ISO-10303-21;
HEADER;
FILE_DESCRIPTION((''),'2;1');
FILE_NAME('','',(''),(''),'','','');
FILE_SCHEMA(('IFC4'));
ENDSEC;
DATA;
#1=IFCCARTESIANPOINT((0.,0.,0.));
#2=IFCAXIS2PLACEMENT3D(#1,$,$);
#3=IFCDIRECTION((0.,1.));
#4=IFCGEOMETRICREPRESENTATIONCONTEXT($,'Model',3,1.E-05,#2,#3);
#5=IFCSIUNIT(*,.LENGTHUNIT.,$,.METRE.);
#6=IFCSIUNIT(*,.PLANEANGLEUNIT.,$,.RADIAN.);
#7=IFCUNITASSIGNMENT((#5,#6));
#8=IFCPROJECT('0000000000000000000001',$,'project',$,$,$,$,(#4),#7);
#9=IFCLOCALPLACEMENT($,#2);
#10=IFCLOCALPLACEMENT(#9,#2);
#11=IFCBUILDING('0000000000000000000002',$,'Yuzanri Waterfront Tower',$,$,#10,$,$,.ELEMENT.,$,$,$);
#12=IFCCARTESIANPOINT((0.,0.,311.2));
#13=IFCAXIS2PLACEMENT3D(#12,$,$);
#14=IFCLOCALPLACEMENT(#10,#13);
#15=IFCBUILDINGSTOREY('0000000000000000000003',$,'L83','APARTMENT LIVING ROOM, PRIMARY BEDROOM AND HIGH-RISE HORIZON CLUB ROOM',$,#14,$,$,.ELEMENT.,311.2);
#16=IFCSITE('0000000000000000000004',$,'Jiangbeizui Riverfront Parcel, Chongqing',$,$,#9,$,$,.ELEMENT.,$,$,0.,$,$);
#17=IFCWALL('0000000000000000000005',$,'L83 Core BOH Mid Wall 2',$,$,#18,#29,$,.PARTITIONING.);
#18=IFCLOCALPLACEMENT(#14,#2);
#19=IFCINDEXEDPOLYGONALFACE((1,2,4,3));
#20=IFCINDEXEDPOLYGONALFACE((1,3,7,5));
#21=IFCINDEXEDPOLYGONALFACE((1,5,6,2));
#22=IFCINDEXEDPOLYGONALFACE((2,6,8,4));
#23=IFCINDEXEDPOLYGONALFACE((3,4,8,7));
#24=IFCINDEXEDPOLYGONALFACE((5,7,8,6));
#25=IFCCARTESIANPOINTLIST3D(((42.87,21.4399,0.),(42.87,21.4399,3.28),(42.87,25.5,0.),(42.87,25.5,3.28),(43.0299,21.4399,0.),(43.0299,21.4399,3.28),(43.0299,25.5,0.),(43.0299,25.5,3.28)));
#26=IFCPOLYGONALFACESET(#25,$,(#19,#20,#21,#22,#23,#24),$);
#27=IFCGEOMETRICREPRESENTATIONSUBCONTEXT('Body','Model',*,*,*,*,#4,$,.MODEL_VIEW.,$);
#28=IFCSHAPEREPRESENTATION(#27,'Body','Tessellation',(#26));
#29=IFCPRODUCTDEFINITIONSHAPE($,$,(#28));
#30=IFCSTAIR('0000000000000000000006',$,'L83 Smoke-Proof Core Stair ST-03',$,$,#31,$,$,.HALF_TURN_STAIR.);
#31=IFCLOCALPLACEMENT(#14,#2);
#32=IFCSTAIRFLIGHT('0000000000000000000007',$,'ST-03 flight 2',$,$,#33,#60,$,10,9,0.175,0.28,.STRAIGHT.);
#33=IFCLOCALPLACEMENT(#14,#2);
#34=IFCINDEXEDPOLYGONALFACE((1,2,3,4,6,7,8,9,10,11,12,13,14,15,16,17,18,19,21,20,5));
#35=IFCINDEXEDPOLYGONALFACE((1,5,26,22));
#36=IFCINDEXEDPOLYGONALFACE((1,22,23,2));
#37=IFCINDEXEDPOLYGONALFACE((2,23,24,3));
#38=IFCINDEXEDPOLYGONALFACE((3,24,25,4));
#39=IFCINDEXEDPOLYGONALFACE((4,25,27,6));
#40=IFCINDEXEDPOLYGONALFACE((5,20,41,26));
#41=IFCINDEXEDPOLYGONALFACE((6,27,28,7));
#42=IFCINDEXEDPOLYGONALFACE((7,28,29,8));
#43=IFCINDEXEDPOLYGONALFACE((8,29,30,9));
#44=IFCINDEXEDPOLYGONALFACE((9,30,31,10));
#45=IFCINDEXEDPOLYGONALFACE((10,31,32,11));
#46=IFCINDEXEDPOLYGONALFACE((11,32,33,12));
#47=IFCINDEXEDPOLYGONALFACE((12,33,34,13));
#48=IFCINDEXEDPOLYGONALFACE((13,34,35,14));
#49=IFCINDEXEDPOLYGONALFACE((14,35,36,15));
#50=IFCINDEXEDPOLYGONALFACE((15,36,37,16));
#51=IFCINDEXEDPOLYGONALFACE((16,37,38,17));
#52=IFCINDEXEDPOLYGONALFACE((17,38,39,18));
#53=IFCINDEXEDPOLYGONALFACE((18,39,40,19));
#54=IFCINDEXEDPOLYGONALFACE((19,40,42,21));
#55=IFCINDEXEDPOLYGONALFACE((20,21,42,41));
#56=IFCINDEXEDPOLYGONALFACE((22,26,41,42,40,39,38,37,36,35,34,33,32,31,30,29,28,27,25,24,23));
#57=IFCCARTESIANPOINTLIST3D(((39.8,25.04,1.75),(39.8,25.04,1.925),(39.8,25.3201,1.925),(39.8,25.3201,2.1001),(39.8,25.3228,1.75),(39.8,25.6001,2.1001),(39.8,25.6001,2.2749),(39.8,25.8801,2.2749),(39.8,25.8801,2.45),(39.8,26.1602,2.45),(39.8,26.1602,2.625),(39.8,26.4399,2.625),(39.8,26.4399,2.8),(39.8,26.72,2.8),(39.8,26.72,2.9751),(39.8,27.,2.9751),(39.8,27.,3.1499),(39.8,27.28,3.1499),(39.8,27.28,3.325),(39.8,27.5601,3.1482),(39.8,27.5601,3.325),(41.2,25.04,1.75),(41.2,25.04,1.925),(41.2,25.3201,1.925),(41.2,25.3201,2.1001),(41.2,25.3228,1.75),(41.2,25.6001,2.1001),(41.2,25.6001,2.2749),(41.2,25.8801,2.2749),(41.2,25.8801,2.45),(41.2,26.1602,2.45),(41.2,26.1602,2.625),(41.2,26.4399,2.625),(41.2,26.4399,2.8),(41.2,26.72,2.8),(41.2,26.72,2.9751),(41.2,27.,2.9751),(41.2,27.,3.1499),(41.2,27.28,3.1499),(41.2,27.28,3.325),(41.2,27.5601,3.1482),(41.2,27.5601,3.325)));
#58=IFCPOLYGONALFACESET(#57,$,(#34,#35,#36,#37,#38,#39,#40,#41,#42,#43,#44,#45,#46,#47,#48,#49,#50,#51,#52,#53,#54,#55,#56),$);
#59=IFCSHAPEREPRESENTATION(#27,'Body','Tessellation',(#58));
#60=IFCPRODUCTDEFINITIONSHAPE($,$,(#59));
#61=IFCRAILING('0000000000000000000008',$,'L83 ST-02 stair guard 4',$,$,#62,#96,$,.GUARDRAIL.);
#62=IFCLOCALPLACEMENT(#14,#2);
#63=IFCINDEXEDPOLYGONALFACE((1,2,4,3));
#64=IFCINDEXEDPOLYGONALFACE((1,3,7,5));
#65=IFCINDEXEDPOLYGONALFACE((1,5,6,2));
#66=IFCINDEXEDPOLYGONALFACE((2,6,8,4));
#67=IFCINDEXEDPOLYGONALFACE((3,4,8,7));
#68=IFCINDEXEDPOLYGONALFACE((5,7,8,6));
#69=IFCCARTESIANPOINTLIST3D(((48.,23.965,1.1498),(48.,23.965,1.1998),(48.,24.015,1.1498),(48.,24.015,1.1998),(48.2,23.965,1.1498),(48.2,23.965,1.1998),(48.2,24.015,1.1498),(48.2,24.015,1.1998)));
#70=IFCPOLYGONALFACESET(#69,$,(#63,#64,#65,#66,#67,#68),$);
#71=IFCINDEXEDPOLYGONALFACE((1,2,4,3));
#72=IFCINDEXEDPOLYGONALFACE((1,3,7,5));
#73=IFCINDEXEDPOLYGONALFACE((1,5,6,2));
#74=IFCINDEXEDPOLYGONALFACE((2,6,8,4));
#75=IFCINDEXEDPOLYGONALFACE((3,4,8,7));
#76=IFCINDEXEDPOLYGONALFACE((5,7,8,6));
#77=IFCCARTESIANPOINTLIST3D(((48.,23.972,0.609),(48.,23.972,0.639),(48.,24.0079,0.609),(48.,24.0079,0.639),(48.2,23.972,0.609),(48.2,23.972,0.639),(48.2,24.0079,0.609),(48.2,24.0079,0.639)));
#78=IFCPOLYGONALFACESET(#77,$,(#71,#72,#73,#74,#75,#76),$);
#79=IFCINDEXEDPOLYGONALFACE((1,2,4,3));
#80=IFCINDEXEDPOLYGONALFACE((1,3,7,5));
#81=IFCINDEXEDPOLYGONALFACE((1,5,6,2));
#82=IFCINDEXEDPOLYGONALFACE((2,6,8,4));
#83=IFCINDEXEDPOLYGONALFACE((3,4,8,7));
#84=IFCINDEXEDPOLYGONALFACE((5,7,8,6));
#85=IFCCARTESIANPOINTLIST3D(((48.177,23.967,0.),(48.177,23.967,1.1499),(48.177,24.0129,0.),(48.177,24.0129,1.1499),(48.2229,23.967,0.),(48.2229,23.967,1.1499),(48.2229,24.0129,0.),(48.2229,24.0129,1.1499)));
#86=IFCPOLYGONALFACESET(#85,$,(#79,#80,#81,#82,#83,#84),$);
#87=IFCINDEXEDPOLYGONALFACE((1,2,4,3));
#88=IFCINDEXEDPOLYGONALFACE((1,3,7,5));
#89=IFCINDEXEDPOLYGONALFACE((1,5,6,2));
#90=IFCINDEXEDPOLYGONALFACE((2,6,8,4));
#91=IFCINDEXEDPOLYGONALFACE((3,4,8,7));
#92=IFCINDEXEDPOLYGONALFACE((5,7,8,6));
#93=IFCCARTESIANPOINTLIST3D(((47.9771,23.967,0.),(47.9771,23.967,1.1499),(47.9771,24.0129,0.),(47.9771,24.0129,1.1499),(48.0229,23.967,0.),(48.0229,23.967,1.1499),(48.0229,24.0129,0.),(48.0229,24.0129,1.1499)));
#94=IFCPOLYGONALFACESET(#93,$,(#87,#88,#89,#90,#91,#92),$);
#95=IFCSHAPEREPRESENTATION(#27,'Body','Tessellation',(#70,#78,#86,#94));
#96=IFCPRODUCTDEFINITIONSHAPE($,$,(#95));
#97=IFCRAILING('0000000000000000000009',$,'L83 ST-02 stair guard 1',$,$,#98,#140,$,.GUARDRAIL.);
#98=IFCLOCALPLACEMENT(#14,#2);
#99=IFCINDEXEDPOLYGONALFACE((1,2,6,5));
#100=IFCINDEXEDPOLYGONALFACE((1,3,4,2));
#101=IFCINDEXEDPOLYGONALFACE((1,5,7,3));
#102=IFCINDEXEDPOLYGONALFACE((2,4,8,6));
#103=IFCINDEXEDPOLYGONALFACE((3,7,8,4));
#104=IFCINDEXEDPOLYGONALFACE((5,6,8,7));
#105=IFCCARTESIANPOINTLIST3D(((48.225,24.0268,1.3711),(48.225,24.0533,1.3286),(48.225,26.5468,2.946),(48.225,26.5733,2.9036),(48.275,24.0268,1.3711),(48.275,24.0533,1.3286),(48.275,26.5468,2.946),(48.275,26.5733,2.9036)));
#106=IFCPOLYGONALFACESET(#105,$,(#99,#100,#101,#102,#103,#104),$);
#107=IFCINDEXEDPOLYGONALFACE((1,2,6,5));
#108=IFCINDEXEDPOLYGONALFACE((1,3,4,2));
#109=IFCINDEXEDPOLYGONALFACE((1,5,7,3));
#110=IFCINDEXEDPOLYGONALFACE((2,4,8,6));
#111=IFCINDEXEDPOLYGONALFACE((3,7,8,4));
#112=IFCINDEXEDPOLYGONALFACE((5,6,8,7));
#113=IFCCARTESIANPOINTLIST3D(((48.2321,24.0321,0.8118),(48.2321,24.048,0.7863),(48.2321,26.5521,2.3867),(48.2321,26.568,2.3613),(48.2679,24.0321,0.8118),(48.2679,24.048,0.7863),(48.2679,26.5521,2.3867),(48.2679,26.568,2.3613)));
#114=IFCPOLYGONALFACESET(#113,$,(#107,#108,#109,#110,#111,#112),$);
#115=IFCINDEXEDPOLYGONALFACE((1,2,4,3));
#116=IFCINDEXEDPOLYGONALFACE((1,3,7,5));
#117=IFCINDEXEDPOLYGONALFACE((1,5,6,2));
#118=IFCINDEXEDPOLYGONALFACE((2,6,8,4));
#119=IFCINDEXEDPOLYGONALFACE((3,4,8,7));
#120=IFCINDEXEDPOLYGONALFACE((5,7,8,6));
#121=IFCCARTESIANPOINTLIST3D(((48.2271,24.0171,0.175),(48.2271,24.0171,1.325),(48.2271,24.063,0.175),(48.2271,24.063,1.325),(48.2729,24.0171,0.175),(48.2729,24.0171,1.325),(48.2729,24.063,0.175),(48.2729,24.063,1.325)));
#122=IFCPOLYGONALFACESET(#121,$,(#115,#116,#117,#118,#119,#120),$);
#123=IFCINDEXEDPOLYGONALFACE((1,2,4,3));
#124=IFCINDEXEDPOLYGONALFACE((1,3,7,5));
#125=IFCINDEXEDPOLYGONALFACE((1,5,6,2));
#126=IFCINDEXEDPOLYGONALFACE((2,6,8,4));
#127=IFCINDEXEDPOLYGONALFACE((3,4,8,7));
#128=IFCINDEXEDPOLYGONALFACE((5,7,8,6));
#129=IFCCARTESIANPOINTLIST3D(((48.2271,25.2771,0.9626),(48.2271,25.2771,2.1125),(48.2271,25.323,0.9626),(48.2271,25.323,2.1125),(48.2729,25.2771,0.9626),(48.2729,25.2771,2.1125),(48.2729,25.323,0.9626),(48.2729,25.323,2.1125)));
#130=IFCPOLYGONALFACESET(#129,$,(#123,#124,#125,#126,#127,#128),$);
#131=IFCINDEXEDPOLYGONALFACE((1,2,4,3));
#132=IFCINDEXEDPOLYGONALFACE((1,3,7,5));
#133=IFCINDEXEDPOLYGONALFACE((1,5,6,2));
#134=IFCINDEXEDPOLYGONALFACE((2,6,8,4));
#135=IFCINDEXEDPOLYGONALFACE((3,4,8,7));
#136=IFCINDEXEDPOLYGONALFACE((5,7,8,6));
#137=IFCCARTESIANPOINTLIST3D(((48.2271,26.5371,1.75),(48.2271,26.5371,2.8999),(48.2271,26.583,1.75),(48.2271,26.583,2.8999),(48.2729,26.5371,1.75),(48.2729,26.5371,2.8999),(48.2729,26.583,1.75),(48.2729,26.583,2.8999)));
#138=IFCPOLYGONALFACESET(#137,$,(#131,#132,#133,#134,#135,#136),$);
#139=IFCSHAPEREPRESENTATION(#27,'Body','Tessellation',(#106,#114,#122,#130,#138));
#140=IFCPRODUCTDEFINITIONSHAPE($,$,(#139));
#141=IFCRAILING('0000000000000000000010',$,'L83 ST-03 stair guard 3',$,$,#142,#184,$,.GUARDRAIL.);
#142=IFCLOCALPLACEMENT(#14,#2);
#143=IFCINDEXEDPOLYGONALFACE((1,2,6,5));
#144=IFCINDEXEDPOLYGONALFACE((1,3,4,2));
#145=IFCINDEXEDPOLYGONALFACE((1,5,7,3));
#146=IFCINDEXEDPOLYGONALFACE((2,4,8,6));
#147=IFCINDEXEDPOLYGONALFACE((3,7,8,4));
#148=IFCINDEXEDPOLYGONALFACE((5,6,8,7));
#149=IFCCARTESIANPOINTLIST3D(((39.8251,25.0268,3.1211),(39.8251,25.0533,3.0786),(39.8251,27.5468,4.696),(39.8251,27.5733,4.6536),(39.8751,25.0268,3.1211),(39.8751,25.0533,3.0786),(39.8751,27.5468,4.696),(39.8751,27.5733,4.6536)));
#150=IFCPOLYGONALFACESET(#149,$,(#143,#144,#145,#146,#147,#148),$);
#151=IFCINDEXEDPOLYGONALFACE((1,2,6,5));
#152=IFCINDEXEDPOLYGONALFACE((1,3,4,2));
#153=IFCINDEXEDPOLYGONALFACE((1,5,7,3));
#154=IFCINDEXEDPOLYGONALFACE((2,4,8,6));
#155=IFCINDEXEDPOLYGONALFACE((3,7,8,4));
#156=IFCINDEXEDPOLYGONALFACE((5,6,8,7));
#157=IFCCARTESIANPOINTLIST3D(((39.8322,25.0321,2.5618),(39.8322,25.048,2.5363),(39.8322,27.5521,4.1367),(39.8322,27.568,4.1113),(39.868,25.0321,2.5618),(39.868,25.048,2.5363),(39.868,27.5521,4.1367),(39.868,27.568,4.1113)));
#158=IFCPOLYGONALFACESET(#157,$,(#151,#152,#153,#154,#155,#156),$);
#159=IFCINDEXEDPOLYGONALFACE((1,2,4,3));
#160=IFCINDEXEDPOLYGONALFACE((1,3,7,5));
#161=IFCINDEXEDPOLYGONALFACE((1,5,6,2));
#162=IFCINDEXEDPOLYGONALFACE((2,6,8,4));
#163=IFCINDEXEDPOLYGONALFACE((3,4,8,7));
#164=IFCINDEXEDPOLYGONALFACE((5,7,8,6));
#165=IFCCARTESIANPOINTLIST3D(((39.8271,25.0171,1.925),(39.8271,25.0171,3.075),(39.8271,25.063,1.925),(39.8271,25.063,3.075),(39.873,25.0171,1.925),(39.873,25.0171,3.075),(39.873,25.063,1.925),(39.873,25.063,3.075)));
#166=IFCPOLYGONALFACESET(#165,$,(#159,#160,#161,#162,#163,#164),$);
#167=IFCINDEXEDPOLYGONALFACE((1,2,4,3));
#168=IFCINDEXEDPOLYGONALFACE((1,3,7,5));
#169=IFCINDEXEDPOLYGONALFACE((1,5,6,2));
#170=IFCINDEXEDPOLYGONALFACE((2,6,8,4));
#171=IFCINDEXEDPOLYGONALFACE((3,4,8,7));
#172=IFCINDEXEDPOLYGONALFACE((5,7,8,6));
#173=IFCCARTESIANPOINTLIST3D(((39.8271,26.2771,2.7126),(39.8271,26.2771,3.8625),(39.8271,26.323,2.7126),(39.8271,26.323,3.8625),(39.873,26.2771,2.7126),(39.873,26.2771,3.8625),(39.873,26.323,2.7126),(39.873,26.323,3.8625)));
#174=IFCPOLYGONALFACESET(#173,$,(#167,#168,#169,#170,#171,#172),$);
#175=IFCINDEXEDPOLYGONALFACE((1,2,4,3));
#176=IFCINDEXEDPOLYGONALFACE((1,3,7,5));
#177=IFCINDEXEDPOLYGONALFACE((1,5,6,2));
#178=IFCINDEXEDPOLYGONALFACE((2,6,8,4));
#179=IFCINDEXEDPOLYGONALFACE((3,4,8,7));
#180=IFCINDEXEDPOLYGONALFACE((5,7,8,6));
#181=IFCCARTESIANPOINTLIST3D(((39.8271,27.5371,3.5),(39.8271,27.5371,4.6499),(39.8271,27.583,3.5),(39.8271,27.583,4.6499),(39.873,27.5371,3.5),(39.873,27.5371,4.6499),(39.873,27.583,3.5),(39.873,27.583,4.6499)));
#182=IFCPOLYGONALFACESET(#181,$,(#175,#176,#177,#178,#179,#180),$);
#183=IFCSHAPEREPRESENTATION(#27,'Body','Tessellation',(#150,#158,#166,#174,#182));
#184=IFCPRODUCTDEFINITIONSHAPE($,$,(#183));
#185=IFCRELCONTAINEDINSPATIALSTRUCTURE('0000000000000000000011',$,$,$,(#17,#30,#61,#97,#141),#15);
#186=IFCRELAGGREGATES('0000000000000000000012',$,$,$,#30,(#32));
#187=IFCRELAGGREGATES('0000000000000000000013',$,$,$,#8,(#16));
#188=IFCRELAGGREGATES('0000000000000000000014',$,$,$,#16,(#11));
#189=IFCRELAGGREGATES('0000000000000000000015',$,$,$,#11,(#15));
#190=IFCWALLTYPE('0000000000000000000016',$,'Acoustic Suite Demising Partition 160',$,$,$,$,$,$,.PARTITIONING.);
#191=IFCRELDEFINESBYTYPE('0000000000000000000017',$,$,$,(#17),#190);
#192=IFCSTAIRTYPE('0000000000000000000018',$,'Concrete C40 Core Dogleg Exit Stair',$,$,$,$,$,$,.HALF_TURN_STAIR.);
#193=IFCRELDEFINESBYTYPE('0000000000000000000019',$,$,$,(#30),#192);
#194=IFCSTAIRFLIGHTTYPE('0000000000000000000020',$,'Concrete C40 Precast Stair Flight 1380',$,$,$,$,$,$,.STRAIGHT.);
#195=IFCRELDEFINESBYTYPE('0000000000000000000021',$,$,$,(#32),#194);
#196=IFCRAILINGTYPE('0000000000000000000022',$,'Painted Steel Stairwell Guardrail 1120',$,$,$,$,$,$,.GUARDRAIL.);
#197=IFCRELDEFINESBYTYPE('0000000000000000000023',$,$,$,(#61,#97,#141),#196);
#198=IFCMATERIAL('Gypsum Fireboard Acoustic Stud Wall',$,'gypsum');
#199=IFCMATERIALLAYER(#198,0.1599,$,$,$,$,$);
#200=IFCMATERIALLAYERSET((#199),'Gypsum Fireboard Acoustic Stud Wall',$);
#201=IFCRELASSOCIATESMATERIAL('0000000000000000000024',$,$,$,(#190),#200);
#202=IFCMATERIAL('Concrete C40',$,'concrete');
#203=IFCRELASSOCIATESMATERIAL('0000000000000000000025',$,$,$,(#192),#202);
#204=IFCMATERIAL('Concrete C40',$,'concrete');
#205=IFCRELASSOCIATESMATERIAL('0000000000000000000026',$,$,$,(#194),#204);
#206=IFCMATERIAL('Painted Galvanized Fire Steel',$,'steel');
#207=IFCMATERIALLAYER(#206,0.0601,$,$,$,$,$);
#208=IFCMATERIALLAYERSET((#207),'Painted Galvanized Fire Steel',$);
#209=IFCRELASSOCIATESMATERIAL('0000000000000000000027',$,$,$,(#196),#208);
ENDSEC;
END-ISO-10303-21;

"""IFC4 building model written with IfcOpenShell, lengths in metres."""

from ifc_helpers import new_model, si_unit, direction, frame, frame_2d, origin, origin_2d, place, context, subcontext, project, spatial, polyline, rectangle, outline, extrude, source, transform, mapped, material, layer, layer_set, type_object, element, aggregate, save


model = new_model("IFC4")

# Units and contexts
model_context = context("Model", 3, precision=1e-05, world=origin(), true_north=direction((0.0, 1.0)))
body_context = subcontext(model_context, "Body", "Model", "MODEL_VIEW")
ifc_project = project(units=[si_unit("LENGTHUNIT", "METRE"), si_unit("PLANEANGLEUNIT", "RADIAN")], contexts=[model_context])

# Site, building, storey
site_placement = place(None, origin())
site = spatial("IfcSite", under=ifc_project, at=site_placement, Name="Jiangbeizui Riverfront Parcel, Chongqing", CompositionType="ELEMENT", RefElevation=0.0)
building_placement = place(site_placement, origin())
building = spatial("IfcBuilding", under=site, at=building_placement, Name="Yuzanri Waterfront Tower", CompositionType="ELEMENT")
storey_placement = place(building_placement, frame((0.0, 0.0, 311.2)))
storey = spatial("IfcBuildingStorey", under=building, at=storey_placement, Name="L83", Description="APARTMENT LIVING ROOM, PRIMARY BEDROOM AND HIGH-RISE HORIZON CLUB ROOM", CompositionType="ELEMENT", Elevation=311.2)

# Wall
ifc_material_1 = material(Name="Gypsum Fireboard Acoustic Stud Wall", Category="gypsum")
ifc_layer_1 = layer(ifc_material_1, 0.1599)
ifc_layer_set_1 = layer_set([ifc_layer_1], Name="Gypsum Fireboard Acoustic Stud Wall")
wall_type_1 = type_object("IfcWallType", Name="Acoustic Suite Demising Partition 160", PredefinedType="PARTITIONING", material=ifc_layer_set_1)
shared_shape_1 = source(origin(), body_context, "Body", "SweptSolid", [
    extrude(rectangle(XDim=4.0601, YDim=0.1599, at=frame_2d((2.03, 0.0))), origin(), (0.0, 0.0, 1.0), 3.28),
])
wall_1_placement = place(storey_placement, frame((42.95, 21.4399, 0.0), z_axis=(0.0, 0.0, 1.0), x_axis=(0.0, 1.0, 0.0)))
element("IfcWall", 1, at=wall_1_placement, inside=storey, type_object=wall_type_1, Name="L83 Core BOH Mid Wall 2", PredefinedType="PARTITIONING", context=body_context, shape_type="MappedRepresentation", body=[
    mapped(shared_shape_1, transform((0.0, 0.0, 0.0), scale=1.0)),
])

# Stair, stair flight
ifc_material_2 = material(Name="Concrete C40", Category="concrete")
stair_type = type_object("IfcStairType", Name="Concrete C40 Core Dogleg Exit Stair", PredefinedType="HALF_TURN_STAIR", material=ifc_material_2)
stair_placement = place(storey_placement, origin())
stair = element("IfcStair", 2, at=stair_placement, inside=storey, type_object=stair_type, Name="L83 Smoke-Proof Core Stair ST-03", PredefinedType="HALF_TURN_STAIR")
ifc_material_3 = material(Name="Concrete C40", Category="concrete")
stair_flight_type = type_object("IfcStairFlightType", Name="Concrete C40 Precast Stair Flight 1380", PredefinedType="STRAIGHT", material=ifc_material_3)
shared_shape_2 = source(origin(), body_context, "Body", "SweptSolid", [
    extrude(outline(polyline([(0.0, 0.0), (0.0, 0.175), (0.28, 0.175), (0.28, 0.3501), (0.5601, 0.3501), (0.5601, 0.5249), (0.8401, 0.5249), (0.8401, 0.7), (1.1201, 0.7), (1.1201, 0.875), (1.3999, 0.875), (1.3999, 1.05), (1.6799, 1.05), (1.6799, 1.2251), (1.96, 1.2251), (1.96, 1.3999), (2.24, 1.3999), (2.24, 1.575), (2.52, 1.575), (2.52, 1.75), (2.52, 1.3982), (0.2827, 0.0), (0.0, 0.0)])), frame((0.0, 0.7, 0.0), z_axis=(0.0, -1.0, 0.0), x_axis=(1.0, 0.0, 0.0)), (0.0, 0.0, 1.0), 1.3999),
])
stair_flight_placement = place(storey_placement, frame((40.5, 25.04, 1.75), z_axis=(0.0, 0.0, 1.0), x_axis=(0.0, 1.0, 0.0)))
stair_flight = element("IfcStairFlight", 3, at=stair_flight_placement, type_object=stair_flight_type, Name="ST-03 flight 2", NumberOfRisers=10, NumberOfTreads=9, PredefinedType="STRAIGHT", RiserHeight=0.175, TreadLength=0.28, context=body_context, shape_type="MappedRepresentation", body=[
    mapped(shared_shape_2, transform((0.0, 0.0, 0.0), scale=1.0)),
])
aggregate(stair, [stair_flight])

# Railings
ifc_material_4 = material(Name="Painted Galvanized Fire Steel", Category="steel")
ifc_layer_2 = layer(ifc_material_4, 0.0601)
ifc_layer_set_2 = layer_set([ifc_layer_2], Name="Painted Galvanized Fire Steel")
railing_type_1 = type_object("IfcRailingType", Name="Painted Steel Stairwell Guardrail 1120", PredefinedType="GUARDRAIL", material=ifc_layer_set_2)
shared_shape_3 = source(origin(), body_context, "Body", "SweptSolid", [
    extrude(rectangle(XDim=0.05, YDim=0.05, at=origin_2d()), frame((0.0, 0.0, 1.1748), z_axis=(-1.0, 0.0, 0.0), x_axis=(0.0, -1.0, 0.0)), (0.0, 0.0, 1.0), 0.2),
    extrude(rectangle(XDim=0.0359, YDim=0.03, at=origin_2d()), frame((0.0, 0.0, 0.624), z_axis=(-1.0, 0.0, 0.0), x_axis=(0.0, -1.0, 0.0)), (0.0, 0.0, 1.0), 0.2),
    extrude(rectangle(XDim=0.0459, YDim=0.0459, at=origin_2d()), origin(), (0.0, 0.0, 1.0), 1.1499),
    extrude(rectangle(XDim=0.0459, YDim=0.0459, at=origin_2d()), frame((-0.2, 0.0, 0.0)), (0.0, 0.0, 1.0), 1.1499),
])
railing_1_placement = place(storey_placement, frame((48.2, 23.99, 0.0)))
element("IfcRailing", 4, at=railing_1_placement, inside=storey, type_object=railing_type_1, Name="L83 ST-02 stair guard 4", PredefinedType="GUARDRAIL", context=body_context, shape_type="MappedRepresentation", body=[
    mapped(shared_shape_3, transform((0.0, 0.0, 0.0), scale=1.0)),
])
shared_shape_4 = source(origin(), body_context, "Body", "SweptSolid", [
    extrude(rectangle(XDim=0.05, YDim=0.05, at=origin_2d()), frame((0.0, 0.0, 1.1748), z_axis=(0.0, 0.848008, 0.529984), x_axis=(-1.0, 0.0, 0.0)), (0.0, 0.0, 1.0), 2.9717),
    extrude(rectangle(XDim=0.0359, YDim=0.03, at=origin_2d()), frame((0.0, 0.0, 0.624), z_axis=(0.0, 0.848008, 0.529984), x_axis=(-1.0, 0.0, 0.0)), (0.0, 0.0, 1.0), 2.9717),
    extrude(rectangle(XDim=0.0459, YDim=0.0459, at=origin_2d()), origin(), (0.0, 0.0, 1.0), 1.1499),
    extrude(rectangle(XDim=0.0459, YDim=0.0459, at=origin_2d()), frame((0.0, 1.26, 0.7876)), (0.0, 0.0, 1.0), 1.1499),
    extrude(rectangle(XDim=0.0459, YDim=0.0459, at=origin_2d()), frame((0.0, 2.52, 1.575)), (0.0, 0.0, 1.0), 1.1499),
])
for number, where, name in (
    (5, (48.25, 24.04, 0.175), "L83 ST-02 stair guard 1"),
    (6, (39.8501, 25.04, 1.925), "L83 ST-03 stair guard 3"),
):
    element("IfcRailing", number, at=place(storey_placement, frame(where)), inside=storey, type_object=railing_type_1, Name=name, PredefinedType="GUARDRAIL", context=body_context, shape_type="MappedRepresentation", body=[
        mapped(shared_shape_4, transform((0.0, 0.0, 0.0), scale=1.0)),
    ])

save(model, "model.ifc")
